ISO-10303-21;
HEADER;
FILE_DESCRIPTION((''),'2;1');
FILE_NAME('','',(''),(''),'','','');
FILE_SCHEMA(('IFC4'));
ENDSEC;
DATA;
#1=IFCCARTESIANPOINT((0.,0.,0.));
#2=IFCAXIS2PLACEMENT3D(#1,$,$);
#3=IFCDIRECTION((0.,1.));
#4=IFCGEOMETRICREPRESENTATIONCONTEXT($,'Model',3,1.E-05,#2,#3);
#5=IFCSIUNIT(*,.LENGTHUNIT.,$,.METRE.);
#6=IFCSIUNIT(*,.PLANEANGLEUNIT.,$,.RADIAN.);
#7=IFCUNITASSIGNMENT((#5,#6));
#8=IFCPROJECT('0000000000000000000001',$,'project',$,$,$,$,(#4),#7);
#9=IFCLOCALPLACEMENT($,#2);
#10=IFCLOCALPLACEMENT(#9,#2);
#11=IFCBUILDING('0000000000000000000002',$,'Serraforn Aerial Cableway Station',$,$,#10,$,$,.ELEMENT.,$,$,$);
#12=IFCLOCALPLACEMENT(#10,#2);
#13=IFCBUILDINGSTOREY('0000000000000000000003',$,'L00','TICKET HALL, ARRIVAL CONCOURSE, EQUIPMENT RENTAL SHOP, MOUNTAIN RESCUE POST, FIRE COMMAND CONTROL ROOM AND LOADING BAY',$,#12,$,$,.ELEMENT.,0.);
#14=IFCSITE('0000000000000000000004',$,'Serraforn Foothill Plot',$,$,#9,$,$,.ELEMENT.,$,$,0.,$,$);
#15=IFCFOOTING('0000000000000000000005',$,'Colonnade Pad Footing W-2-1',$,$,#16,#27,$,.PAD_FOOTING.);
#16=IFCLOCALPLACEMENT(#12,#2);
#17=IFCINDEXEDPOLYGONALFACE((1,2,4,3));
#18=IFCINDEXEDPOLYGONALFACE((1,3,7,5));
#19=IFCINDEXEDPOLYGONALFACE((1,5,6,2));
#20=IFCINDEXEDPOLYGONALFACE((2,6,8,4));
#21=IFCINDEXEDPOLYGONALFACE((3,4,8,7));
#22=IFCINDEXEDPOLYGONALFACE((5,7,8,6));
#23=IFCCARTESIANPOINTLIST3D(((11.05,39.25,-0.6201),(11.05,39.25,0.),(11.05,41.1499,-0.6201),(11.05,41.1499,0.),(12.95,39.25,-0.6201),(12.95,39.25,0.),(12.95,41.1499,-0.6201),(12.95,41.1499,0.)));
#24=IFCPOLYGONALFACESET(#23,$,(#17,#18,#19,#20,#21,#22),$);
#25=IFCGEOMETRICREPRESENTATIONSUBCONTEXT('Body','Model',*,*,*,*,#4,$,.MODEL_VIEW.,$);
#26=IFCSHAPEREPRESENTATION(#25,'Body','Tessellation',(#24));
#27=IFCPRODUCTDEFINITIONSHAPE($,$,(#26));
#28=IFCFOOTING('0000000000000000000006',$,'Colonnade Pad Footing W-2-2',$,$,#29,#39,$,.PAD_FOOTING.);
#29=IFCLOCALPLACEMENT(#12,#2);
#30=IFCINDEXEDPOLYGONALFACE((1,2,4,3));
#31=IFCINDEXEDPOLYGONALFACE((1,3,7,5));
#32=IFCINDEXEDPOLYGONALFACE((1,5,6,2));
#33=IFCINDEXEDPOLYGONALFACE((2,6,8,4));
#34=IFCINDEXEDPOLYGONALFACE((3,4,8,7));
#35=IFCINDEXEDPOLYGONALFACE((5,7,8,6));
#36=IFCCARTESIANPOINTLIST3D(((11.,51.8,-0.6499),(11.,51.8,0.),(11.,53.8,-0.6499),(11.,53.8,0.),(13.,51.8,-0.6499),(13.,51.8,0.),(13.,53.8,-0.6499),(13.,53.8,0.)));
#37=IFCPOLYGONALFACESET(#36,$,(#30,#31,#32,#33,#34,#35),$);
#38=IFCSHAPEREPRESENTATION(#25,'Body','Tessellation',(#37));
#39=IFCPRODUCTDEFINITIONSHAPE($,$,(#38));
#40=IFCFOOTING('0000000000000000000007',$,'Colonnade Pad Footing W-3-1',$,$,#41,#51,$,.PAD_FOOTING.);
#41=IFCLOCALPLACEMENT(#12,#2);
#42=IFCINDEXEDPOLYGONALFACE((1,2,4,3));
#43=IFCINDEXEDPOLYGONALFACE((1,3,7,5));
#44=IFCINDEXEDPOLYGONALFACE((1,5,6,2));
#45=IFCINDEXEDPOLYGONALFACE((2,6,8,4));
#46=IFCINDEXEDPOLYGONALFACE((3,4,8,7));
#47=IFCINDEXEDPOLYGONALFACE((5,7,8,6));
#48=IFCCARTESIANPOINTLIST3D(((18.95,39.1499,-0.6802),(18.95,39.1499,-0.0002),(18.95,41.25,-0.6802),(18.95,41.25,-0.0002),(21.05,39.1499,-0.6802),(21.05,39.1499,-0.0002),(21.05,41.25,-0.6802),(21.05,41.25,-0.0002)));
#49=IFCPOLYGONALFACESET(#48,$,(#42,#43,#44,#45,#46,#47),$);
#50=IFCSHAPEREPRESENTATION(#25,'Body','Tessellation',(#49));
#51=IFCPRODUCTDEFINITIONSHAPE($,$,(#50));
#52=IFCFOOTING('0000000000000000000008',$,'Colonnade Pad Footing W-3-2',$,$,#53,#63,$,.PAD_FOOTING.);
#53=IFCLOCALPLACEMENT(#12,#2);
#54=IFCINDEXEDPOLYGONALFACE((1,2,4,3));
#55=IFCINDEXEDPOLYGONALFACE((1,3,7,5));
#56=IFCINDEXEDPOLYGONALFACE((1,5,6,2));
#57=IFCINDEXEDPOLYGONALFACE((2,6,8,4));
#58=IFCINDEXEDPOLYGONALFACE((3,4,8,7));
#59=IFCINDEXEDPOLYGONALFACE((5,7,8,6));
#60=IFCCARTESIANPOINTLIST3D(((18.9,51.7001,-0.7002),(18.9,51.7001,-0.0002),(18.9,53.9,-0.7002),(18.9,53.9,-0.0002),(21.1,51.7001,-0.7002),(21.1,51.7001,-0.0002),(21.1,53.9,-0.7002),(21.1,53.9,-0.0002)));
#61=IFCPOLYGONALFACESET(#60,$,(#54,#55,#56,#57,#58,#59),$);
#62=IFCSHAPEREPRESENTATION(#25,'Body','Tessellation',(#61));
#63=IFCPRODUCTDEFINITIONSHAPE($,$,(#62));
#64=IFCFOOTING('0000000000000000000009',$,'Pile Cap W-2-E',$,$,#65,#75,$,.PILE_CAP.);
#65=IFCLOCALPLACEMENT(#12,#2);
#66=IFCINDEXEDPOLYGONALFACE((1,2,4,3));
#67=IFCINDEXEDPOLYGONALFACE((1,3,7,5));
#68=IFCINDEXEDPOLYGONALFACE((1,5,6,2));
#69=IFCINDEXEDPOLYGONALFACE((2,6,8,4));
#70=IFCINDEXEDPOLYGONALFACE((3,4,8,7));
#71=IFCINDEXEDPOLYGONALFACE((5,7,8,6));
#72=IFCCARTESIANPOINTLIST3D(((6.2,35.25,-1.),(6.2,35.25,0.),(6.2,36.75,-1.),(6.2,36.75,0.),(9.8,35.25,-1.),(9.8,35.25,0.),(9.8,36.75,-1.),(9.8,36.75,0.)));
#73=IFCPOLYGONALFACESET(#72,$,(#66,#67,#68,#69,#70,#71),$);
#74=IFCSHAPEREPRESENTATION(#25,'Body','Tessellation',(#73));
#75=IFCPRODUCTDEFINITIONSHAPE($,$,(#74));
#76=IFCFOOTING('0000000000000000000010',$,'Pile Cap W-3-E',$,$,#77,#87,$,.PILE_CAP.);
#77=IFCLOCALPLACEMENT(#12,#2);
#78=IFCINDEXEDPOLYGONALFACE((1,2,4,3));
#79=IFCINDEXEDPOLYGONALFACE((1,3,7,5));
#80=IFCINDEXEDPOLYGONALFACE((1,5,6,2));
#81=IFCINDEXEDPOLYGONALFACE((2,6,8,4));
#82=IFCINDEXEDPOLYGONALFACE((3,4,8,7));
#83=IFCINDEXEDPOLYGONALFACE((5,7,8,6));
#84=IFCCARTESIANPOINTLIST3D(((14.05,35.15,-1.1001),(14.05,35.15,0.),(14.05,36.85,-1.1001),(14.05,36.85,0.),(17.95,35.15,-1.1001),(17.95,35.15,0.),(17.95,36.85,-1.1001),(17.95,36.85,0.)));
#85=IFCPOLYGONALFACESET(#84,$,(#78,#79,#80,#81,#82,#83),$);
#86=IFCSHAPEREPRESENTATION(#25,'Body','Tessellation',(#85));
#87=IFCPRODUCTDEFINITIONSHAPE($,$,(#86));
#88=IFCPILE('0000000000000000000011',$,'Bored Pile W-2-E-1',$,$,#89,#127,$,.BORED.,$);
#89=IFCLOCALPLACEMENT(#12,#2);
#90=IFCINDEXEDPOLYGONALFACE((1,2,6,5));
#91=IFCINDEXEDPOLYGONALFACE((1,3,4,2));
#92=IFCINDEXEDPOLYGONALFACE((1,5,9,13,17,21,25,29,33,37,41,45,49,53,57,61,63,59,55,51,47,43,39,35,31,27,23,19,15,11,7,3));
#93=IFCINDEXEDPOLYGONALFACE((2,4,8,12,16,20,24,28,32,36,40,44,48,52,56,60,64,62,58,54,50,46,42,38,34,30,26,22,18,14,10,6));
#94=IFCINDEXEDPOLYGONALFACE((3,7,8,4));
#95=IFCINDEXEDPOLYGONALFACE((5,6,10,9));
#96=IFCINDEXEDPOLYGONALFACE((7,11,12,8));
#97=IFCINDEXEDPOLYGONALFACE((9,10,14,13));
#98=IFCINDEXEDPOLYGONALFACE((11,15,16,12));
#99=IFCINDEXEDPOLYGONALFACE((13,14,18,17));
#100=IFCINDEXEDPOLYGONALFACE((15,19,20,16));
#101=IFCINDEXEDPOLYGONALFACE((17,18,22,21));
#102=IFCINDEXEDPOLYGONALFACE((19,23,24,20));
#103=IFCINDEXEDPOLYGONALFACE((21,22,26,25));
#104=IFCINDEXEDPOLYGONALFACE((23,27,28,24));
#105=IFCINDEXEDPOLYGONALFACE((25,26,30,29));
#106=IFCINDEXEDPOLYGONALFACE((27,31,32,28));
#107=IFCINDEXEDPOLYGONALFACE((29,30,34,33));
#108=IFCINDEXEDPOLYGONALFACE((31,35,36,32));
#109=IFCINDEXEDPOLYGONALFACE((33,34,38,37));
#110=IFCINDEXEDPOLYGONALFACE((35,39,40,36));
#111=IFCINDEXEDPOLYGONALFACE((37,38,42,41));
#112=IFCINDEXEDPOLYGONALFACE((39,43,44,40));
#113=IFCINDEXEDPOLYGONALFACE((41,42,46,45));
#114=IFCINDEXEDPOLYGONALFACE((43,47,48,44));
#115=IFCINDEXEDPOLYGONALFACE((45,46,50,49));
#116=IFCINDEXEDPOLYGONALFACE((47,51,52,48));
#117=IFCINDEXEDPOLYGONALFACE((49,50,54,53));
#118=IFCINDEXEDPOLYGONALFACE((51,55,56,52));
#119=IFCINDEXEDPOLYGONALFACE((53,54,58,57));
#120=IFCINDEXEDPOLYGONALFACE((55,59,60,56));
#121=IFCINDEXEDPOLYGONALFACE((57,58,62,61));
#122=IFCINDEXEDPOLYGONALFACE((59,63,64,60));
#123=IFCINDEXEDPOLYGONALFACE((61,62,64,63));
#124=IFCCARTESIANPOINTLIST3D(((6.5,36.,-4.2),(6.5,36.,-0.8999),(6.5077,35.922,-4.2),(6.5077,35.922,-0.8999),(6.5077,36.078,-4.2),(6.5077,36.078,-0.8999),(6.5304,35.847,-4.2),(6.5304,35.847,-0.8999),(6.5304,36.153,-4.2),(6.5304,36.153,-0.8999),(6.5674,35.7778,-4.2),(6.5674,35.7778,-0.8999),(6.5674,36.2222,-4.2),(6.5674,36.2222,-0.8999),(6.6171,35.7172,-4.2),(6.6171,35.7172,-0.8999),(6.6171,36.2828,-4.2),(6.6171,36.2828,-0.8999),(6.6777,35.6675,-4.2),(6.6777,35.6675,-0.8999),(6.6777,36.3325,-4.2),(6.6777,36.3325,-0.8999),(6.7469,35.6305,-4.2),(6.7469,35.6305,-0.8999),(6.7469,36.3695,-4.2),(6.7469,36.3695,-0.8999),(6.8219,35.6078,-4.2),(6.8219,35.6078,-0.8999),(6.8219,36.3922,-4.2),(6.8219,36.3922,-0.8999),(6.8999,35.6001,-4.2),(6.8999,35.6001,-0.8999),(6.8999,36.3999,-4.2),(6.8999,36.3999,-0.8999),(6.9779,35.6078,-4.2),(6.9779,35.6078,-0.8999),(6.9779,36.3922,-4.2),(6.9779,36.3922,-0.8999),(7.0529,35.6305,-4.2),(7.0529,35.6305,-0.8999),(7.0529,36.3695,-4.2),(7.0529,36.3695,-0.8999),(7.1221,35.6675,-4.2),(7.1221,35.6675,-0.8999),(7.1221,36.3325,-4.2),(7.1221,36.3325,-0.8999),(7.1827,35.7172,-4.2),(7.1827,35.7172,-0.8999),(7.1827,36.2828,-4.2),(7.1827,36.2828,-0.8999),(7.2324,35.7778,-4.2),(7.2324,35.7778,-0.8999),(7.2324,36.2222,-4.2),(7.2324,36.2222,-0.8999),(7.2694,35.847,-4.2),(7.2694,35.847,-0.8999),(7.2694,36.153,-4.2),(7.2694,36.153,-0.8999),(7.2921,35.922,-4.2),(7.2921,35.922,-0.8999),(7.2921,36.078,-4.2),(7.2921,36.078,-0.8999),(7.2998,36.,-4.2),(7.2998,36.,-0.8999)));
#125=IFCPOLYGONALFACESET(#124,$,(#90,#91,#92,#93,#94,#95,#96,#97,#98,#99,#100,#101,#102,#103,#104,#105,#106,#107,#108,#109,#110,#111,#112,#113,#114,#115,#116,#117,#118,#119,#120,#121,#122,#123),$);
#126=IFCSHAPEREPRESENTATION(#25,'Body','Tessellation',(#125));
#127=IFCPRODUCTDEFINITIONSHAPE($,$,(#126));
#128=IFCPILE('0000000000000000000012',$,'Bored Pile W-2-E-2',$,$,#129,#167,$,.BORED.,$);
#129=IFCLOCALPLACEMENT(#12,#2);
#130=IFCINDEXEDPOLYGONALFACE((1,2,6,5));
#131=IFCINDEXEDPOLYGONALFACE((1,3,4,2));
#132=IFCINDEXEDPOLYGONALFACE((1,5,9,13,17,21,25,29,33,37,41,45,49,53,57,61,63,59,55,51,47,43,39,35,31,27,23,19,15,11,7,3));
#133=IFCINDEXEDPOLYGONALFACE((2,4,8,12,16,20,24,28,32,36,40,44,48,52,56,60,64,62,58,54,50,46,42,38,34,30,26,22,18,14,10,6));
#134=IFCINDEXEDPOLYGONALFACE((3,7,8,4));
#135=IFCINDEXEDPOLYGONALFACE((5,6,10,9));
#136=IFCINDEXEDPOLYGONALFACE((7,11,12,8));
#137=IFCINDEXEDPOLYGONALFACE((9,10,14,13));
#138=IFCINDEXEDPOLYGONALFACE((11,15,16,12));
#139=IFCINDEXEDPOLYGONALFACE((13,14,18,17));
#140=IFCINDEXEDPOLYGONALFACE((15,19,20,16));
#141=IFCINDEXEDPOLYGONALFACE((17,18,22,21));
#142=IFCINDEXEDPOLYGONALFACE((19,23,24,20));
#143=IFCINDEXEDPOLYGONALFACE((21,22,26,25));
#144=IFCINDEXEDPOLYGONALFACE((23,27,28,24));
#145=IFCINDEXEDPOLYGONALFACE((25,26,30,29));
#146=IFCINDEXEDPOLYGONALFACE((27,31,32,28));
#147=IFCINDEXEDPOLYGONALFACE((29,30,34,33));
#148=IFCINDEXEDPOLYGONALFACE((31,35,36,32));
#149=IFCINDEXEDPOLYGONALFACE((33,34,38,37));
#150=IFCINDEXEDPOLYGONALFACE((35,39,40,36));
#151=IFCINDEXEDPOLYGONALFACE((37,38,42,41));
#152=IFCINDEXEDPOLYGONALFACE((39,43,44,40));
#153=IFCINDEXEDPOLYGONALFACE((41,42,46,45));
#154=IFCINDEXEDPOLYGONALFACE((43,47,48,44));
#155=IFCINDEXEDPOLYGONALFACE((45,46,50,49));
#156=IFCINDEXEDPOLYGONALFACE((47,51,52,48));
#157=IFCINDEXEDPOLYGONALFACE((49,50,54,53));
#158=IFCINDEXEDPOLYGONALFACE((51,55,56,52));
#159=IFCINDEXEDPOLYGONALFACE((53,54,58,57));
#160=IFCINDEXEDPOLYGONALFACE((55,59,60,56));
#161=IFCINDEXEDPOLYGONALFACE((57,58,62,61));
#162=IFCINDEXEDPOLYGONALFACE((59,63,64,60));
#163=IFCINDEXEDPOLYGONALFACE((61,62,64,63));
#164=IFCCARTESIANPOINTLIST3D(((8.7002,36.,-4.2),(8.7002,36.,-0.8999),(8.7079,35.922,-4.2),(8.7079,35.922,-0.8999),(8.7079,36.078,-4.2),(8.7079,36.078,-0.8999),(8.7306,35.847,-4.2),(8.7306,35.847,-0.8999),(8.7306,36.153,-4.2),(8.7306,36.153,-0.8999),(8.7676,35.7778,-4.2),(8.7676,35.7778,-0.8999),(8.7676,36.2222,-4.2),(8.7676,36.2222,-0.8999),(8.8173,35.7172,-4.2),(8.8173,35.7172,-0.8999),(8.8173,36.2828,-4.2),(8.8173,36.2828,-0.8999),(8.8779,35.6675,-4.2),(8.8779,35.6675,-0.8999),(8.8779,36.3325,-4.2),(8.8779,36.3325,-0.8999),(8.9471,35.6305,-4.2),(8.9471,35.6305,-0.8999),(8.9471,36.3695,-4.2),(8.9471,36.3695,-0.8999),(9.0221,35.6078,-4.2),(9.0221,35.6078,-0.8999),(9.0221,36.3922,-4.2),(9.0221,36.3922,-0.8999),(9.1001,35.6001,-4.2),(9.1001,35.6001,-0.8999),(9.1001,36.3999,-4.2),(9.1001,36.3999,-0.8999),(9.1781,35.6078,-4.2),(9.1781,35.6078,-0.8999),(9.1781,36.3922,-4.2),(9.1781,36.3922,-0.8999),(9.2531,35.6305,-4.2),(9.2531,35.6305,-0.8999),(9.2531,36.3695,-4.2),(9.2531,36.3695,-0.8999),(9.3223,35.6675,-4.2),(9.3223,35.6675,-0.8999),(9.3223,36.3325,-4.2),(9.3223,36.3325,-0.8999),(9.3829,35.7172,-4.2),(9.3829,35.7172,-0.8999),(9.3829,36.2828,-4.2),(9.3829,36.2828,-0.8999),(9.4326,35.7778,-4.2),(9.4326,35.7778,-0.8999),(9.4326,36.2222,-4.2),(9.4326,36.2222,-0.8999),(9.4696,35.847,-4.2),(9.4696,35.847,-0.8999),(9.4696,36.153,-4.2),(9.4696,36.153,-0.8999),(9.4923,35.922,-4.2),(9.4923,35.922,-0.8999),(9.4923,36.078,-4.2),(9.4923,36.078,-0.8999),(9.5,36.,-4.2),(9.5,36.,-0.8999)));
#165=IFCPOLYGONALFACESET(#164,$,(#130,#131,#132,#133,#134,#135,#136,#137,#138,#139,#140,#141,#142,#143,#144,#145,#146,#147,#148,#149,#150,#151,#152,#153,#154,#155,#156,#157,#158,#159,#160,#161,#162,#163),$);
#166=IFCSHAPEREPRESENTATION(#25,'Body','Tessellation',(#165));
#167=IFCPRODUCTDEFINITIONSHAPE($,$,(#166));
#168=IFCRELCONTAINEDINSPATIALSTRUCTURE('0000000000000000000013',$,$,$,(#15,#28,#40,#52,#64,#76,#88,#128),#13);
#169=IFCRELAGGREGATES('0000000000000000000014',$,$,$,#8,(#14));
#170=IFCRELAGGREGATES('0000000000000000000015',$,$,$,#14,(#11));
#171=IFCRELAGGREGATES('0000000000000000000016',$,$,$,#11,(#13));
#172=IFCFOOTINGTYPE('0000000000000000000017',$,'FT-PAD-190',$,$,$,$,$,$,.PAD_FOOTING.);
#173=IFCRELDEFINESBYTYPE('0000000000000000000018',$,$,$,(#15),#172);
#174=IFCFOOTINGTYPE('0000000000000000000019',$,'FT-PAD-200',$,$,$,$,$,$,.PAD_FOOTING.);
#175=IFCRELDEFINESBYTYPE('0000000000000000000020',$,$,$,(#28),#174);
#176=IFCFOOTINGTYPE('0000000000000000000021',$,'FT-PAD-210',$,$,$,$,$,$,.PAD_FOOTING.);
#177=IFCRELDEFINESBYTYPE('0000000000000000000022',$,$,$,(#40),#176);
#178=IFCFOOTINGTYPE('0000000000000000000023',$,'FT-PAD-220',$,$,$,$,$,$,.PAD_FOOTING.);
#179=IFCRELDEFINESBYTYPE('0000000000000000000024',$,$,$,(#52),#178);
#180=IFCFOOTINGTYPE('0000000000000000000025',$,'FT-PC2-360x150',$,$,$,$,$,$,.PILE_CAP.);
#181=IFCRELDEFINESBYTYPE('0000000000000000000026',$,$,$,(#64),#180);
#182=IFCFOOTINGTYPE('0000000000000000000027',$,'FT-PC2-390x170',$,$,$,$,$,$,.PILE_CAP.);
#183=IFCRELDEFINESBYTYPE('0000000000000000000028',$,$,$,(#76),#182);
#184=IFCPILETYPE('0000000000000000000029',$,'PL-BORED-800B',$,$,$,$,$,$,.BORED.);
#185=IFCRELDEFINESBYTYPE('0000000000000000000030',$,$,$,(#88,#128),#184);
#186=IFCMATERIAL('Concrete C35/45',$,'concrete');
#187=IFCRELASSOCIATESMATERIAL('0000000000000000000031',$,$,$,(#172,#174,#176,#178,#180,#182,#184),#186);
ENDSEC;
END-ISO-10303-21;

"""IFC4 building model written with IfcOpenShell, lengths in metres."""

from ifc_helpers import new_model, si_unit, direction, frame, origin, origin_2d, place, context, subcontext, project, spatial, rectangle, circle, extrude, material, material_profile, profile_set, type_object, element, save


model = new_model("IFC4")

# Units and contexts
model_context = context("Model", 3, precision=1e-05, world=origin(), true_north=direction((0.0, 1.0)))
body_context = subcontext(model_context, "Body", "Model", "MODEL_VIEW")
ifc_project = project(units=[si_unit("LENGTHUNIT", "METRE"), si_unit("PLANEANGLEUNIT", "RADIAN")], contexts=[model_context])

# Site, building, storey
site_placement = place(None, origin())
site = spatial("IfcSite", under=ifc_project, at=site_placement, Name="Serraforn Foothill Plot", CompositionType="ELEMENT", RefElevation=0.0)
building_placement = place(site_placement, origin())
building = spatial("IfcBuilding", under=site, at=building_placement, Name="Serraforn Aerial Cableway Station", CompositionType="ELEMENT")
storey_placement = place(building_placement, origin())
storey = spatial("IfcBuildingStorey", under=building, at=storey_placement, Name="L00", Description="TICKET HALL, ARRIVAL CONCOURSE, EQUIPMENT RENTAL SHOP, MOUNTAIN RESCUE POST, FIRE COMMAND CONTROL ROOM AND LOADING BAY", CompositionType="ELEMENT", Elevation=0.0)

# Footings
ifc_material_1 = material(Name="Concrete C35/45", Category="concrete")
footing_type_1 = type_object("IfcFootingType", Name="FT-PAD-190", PredefinedType="PAD_FOOTING", material=ifc_material_1)
footing_1_placement = place(storey_placement, frame((12.0, 40.2, -0.6201), z_axis=(0.0, 0.0, 1.0), x_axis=(1.0, 0.0, 0.0)))
element("IfcFooting", 1, at=footing_1_placement, inside=storey, type_object=footing_type_1, Name="Colonnade Pad Footing W-2-1", PredefinedType="PAD_FOOTING", context=body_context, shape_type="SweptSolid", body=[
    extrude(rectangle(XDim=1.8999, YDim=1.8999, at=origin_2d()), origin(), (0.0, 0.0, 1.0), 0.6201),
])
footing_type_2 = type_object("IfcFootingType", Name="FT-PAD-200", PredefinedType="PAD_FOOTING", material=ifc_material_1)
footing_2_placement = place(storey_placement, frame((12.0, 52.8, -0.6499), z_axis=(0.0, 0.0, 1.0), x_axis=(1.0, 0.0, 0.0)))
element("IfcFooting", 2, at=footing_2_placement, inside=storey, type_object=footing_type_2, Name="Colonnade Pad Footing W-2-2", PredefinedType="PAD_FOOTING", context=body_context, shape_type="SweptSolid", body=[
    extrude(rectangle(XDim=2.0, YDim=2.0, at=origin_2d()), origin(), (0.0, 0.0, 1.0), 0.6499),
])
footing_type_3 = type_object("IfcFootingType", Name="FT-PAD-210", PredefinedType="PAD_FOOTING", material=ifc_material_1)
footing_3_placement = place(storey_placement, frame((20.0, 40.2, -0.6802), z_axis=(0.0, 0.0, 1.0), x_axis=(1.0, 0.0, 0.0)))
element("IfcFooting", 3, at=footing_3_placement, inside=storey, type_object=footing_type_3, Name="Colonnade Pad Footing W-3-1", PredefinedType="PAD_FOOTING", context=body_context, shape_type="SweptSolid", body=[
    extrude(rectangle(XDim=2.1001, YDim=2.1001, at=origin_2d()), origin(), (0.0, 0.0, 1.0), 0.6799),
])
footing_type_4 = type_object("IfcFootingType", Name="FT-PAD-220", PredefinedType="PAD_FOOTING", material=ifc_material_1)
footing_4_placement = place(storey_placement, frame((20.0, 52.8, -0.7002), z_axis=(0.0, 0.0, 1.0), x_axis=(1.0, 0.0, 0.0)))
element("IfcFooting", 4, at=footing_4_placement, inside=storey, type_object=footing_type_4, Name="Colonnade Pad Footing W-3-2", PredefinedType="PAD_FOOTING", context=body_context, shape_type="SweptSolid", body=[
    extrude(rectangle(XDim=2.2, YDim=2.2, at=origin_2d()), origin(), (0.0, 0.0, 1.0), 0.7),
])
footing_type_5 = type_object("IfcFootingType", Name="FT-PC2-360x150", PredefinedType="PILE_CAP", material=ifc_material_1)
footing_5_placement = place(storey_placement, frame((8.0, 36.0, -1.0), z_axis=(0.0, 0.0, 1.0), x_axis=(1.0, 0.0, 0.0)))
element("IfcFooting", 5, at=footing_5_placement, inside=storey, type_object=footing_type_5, Name="Pile Cap W-2-E", PredefinedType="PILE_CAP", context=body_context, shape_type="SweptSolid", body=[
    extrude(rectangle(XDim=3.6001, YDim=1.5, at=origin_2d()), origin(), (0.0, 0.0, 1.0), 1.0),
])
footing_type_6 = type_object("IfcFootingType", Name="FT-PC2-390x170", PredefinedType="PILE_CAP", material=ifc_material_1)
footing_6_placement = place(storey_placement, frame((16.0, 36.0, -1.1001), z_axis=(0.0, 0.0, 1.0), x_axis=(1.0, 0.0, 0.0)))
element("IfcFooting", 6, at=footing_6_placement, inside=storey, type_object=footing_type_6, Name="Pile Cap W-3-E", PredefinedType="PILE_CAP", context=body_context, shape_type="SweptSolid", body=[
    extrude(rectangle(XDim=3.8999, YDim=1.7, at=origin_2d()), origin(), (0.0, 0.0, 1.0), 1.1001),
])

# Piles
ifc_material_profile_1 = material_profile(ifc_material_1, circle(Radius=0.3999, at=origin_2d()), Name="BORED PILE D800")
ifc_profile_set_1 = profile_set([ifc_material_profile_1], Name="Concrete C35/45")
pile_type_1 = type_object("IfcPileType", Name="PL-BORED-800B", PredefinedType="BORED", material=ifc_profile_set_1)
for number, where, z_axis, x_axis, name in (
    (7, (6.8999, 36.0, -0.8999), (0.0, 0.0, -1.0), (1.0, 0.0, 0.0), "Bored Pile W-2-E-1"),
    (8, (9.1001, 36.0, -0.8999), (0.0, 0.0, -1.0), (1.0, 0.0, 0.0), "Bored Pile W-2-E-2"),
):
    element("IfcPile", number, at=place(storey_placement, frame(where, z_axis=z_axis, x_axis=x_axis)), inside=storey, type_object=pile_type_1, Name=name, PredefinedType="BORED", context=body_context, shape_type="SweptSolid", body=[
        extrude(circle(Radius=0.3999, at=origin_2d()), origin(), (0.0, 0.0, 1.0), 3.3),
    ])

save(model, "model.ifc")
